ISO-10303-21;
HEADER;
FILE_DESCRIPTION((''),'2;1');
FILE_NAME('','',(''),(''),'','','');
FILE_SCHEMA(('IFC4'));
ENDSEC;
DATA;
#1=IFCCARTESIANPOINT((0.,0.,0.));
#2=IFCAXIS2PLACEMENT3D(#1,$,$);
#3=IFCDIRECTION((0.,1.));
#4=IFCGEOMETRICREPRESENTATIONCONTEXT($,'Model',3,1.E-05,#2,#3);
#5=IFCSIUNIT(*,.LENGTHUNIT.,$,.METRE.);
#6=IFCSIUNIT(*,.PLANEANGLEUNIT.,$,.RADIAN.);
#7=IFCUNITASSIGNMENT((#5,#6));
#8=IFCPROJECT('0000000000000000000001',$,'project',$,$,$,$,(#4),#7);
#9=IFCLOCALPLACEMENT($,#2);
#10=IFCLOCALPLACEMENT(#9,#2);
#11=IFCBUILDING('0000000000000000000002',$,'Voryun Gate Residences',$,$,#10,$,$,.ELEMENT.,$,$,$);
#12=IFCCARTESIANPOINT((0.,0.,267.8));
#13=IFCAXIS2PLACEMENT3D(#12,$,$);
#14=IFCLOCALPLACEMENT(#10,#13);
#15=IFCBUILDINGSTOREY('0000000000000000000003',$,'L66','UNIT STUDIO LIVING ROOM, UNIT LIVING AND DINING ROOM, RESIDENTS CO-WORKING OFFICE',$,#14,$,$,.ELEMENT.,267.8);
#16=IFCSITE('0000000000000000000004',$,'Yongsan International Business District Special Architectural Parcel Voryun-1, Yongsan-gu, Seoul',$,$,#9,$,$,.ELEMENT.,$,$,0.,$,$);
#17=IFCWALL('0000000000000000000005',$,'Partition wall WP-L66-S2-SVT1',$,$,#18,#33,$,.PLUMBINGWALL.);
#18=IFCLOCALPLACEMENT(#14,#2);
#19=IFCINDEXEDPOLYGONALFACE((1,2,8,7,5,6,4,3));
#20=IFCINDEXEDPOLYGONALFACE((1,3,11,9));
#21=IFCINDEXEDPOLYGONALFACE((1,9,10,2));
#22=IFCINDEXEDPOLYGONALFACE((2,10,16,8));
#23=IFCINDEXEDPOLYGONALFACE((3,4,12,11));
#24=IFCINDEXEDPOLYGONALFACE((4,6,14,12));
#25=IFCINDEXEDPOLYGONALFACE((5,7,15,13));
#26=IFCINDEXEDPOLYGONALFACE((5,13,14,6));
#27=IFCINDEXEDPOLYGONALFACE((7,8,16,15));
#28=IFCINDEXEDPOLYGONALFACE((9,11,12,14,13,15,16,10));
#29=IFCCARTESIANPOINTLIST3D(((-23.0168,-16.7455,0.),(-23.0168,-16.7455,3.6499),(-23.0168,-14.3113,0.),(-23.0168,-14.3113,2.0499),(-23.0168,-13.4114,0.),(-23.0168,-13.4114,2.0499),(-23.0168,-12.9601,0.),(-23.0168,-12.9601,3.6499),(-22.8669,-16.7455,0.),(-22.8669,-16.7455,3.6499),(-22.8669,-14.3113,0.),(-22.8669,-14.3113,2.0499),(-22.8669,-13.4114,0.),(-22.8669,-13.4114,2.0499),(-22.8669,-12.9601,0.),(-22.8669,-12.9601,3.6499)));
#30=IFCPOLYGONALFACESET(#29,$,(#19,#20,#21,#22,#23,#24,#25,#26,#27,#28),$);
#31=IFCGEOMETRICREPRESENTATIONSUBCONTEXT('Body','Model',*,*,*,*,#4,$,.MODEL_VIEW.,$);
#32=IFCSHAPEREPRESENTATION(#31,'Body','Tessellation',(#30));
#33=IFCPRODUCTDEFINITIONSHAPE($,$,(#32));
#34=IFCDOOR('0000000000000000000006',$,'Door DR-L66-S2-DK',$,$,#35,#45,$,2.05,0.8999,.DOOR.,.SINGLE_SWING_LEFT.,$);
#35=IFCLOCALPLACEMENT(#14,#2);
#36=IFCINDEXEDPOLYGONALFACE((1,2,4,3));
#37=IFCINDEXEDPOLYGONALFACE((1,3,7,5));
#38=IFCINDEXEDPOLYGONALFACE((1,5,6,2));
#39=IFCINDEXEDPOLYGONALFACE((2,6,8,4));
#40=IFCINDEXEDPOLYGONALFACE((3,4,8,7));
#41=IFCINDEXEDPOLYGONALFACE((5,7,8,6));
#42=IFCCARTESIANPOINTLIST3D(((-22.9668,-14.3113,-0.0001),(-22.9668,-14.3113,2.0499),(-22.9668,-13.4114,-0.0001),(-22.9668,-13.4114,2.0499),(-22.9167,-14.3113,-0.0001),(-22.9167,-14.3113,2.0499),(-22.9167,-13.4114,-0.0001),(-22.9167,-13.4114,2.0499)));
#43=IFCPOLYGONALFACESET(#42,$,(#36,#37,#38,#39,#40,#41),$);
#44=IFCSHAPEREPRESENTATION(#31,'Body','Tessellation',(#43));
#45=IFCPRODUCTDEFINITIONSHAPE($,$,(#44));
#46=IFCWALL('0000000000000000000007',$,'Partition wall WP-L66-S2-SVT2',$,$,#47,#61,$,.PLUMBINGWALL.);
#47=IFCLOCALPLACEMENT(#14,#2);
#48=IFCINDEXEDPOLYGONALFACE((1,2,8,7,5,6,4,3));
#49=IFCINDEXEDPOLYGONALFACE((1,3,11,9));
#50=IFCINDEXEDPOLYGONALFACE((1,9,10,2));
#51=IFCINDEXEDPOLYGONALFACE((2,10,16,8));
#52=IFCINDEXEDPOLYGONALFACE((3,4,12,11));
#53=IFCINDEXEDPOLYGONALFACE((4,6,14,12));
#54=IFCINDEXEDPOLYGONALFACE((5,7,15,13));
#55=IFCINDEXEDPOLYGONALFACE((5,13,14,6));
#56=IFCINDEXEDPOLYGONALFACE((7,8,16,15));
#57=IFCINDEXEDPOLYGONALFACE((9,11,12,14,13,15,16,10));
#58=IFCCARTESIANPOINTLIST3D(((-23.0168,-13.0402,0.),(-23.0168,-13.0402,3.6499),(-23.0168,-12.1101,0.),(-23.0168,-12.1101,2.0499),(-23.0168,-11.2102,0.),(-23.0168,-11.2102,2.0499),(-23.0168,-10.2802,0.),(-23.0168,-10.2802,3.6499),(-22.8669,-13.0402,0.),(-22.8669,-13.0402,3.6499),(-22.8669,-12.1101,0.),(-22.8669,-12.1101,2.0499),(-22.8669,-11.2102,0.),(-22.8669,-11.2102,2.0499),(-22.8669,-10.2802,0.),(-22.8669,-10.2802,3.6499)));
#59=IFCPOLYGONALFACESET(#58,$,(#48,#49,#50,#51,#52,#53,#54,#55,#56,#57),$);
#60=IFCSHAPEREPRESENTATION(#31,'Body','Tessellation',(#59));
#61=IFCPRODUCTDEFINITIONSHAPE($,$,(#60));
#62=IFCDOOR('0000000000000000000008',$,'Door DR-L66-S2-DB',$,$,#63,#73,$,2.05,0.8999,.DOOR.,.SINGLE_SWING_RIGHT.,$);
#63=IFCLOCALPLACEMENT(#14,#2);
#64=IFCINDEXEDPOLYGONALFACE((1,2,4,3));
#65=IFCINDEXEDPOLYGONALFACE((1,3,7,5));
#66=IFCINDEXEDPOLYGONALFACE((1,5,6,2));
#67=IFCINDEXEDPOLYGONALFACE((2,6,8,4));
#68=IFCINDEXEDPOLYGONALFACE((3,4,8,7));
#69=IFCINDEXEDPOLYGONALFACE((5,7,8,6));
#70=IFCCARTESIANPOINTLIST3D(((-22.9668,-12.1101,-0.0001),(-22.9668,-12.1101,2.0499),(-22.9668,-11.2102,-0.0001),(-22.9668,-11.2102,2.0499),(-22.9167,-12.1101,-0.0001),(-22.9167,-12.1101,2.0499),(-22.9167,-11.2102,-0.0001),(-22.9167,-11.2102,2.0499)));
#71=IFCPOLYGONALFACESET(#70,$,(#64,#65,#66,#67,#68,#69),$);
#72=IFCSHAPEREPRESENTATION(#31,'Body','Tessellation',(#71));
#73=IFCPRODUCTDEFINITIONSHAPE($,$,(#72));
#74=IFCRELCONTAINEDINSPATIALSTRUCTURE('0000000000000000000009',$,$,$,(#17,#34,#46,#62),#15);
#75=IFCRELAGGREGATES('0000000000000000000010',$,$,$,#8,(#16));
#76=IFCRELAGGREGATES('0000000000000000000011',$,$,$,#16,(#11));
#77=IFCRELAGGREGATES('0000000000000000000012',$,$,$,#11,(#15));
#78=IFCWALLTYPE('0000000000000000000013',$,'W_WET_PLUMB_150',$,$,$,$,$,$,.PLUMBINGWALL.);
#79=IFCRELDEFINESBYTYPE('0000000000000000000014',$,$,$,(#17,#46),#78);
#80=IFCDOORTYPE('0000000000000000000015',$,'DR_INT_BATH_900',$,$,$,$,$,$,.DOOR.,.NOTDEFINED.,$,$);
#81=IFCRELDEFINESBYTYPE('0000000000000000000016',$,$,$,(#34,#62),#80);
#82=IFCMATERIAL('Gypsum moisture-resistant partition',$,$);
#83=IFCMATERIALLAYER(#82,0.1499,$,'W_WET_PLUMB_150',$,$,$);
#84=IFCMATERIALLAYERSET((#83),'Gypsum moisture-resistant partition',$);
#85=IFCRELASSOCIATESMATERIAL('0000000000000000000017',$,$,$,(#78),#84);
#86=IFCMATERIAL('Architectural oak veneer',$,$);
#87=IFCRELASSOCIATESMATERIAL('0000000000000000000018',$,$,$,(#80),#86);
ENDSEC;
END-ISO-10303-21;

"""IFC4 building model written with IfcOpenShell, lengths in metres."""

from ifc_helpers import new_model, si_unit, direction, frame, frame_2d, origin, place, context, subcontext, project, spatial, rectangle, extrude, material, layer, layer_set, type_object, element, fill, save


model = new_model("IFC4")

# Units and contexts
model_context = context("Model", 3, precision=1e-05, world=origin(), true_north=direction((0.0, 1.0)))
body_context = subcontext(model_context, "Body", "Model", "MODEL_VIEW")
ifc_project = project(units=[si_unit("LENGTHUNIT", "METRE"), si_unit("PLANEANGLEUNIT", "RADIAN")], contexts=[model_context])

# Site, building, storey
site_placement = place(None, origin())
site = spatial("IfcSite", under=ifc_project, at=site_placement, Name="Yongsan International Business District Special Architectural Parcel Voryun-1, Yongsan-gu, Seoul", CompositionType="ELEMENT", RefElevation=0.0)
building_placement = place(site_placement, origin())
building = spatial("IfcBuilding", under=site, at=building_placement, Name="Voryun Gate Residences", CompositionType="ELEMENT")
storey_placement = place(building_placement, frame((0.0, 0.0, 267.8)))
storey = spatial("IfcBuildingStorey", under=building, at=storey_placement, Name="L66", Description="UNIT STUDIO LIVING ROOM, UNIT LIVING AND DINING ROOM, RESIDENTS CO-WORKING OFFICE", CompositionType="ELEMENT", Elevation=267.8)

# Shared definitions
ifc_material_1 = material(Name="Gypsum moisture-resistant partition")
ifc_layer_1 = layer(ifc_material_1, 0.1499, Name="W_WET_PLUMB_150")
ifc_layer_set_1 = layer_set([ifc_layer_1], Name="Gypsum moisture-resistant partition")
wall_type_1 = type_object("IfcWallType", Name="W_WET_PLUMB_150", PredefinedType="PLUMBINGWALL", material=ifc_layer_set_1)
ifc_material_2 = material(Name="Architectural oak veneer")
door_type = type_object("IfcDoorType", Name="DR_INT_BATH_900", OperationType="NOTDEFINED", PredefinedType="DOOR", material=ifc_material_2)

# Walls, openings, doors
wall_1_placement = place(storey_placement, frame((-22.9419, -16.7454, 0.0), z_axis=(0.0, 0.0, 1.0), x_axis=(0.0, 1.0, 0.0)))
wall_1 = element("IfcWall", 1, at=wall_1_placement, inside=storey, type_object=wall_type_1, Name="Partition wall WP-L66-S2-SVT1", PredefinedType="PLUMBINGWALL", context=body_context, shape_type="SweptSolid", body=[
    extrude(rectangle(XDim=3.7854, YDim=0.1499, at=frame_2d((1.8926, 0.0))), origin(), (0.0, 0.0, 1.0), 3.6499),
])
opening_1_placement = place(wall_1_placement, frame((2.4341, 0.0, 0.0)))
opening_1 = element("IfcOpeningElement", 2, at=opening_1_placement, cuts=wall_1, PredefinedType="OPENING", context=body_context, shape_type="SweptSolid", body=[
    extrude(rectangle(XDim=0.8999, YDim=2.05, at=frame_2d((0.45, 1.0249))), frame((0.0, 0.085, 0.0), z_axis=(0.0, -1.0, 0.0), x_axis=(1.0, 0.0, 0.0)), (0.0, 0.0, 1.0), 0.1699),
])
door_1_placement = place(opening_1_placement, origin())
door_1 = element("IfcDoor", 3, at=door_1_placement, inside=storey, type_object=door_type, Name="Door DR-L66-S2-DK", OperationType="SINGLE_SWING_LEFT", OverallHeight=2.05, OverallWidth=0.8999, PredefinedType="DOOR", context=body_context, shape_type="SweptSolid", body=[
    extrude(rectangle(XDim=0.8999, YDim=2.05, at=frame_2d((0.45, 1.0249))), frame((0.0, 0.0249, 0.0), z_axis=(0.0, -1.0, 0.0), x_axis=(1.0, 0.0, 0.0)), (0.0, 0.0, 1.0), 0.05),
])
fill(opening_1, door_1)
wall_2_placement = place(storey_placement, frame((-22.9419, -13.04, 0.0), z_axis=(0.0, 0.0, 1.0), x_axis=(0.0, 1.0, 0.0)))
wall_2 = element("IfcWall", 4, at=wall_2_placement, inside=storey, type_object=wall_type_1, Name="Partition wall WP-L66-S2-SVT2", PredefinedType="PLUMBINGWALL", context=body_context, shape_type="SweptSolid", body=[
    extrude(rectangle(XDim=2.76, YDim=0.1499, at=frame_2d((1.3799, 0.0))), origin(), (0.0, 0.0, 1.0), 3.6499),
])
opening_2_placement = place(wall_2_placement, frame((0.9299, 0.0, 0.0)))
opening_2 = element("IfcOpeningElement", 5, at=opening_2_placement, cuts=wall_2, PredefinedType="OPENING", context=body_context, shape_type="SweptSolid", body=[
    extrude(rectangle(XDim=0.8999, YDim=2.05, at=frame_2d((0.45, 1.0249))), frame((0.0, 0.085, 0.0), z_axis=(0.0, -1.0, 0.0), x_axis=(1.0, 0.0, 0.0)), (0.0, 0.0, 1.0), 0.1699),
])
door_2_placement = place(opening_2_placement, origin())
door_2 = element("IfcDoor", 6, at=door_2_placement, inside=storey, type_object=door_type, Name="Door DR-L66-S2-DB", OperationType="SINGLE_SWING_RIGHT", OverallHeight=2.05, OverallWidth=0.8999, PredefinedType="DOOR", context=body_context, shape_type="SweptSolid", body=[
    extrude(rectangle(XDim=0.8999, YDim=2.05, at=frame_2d((0.45, 1.0249))), frame((0.0, 0.0249, 0.0), z_axis=(0.0, -1.0, 0.0), x_axis=(1.0, 0.0, 0.0)), (0.0, 0.0, 1.0), 0.05),
])
fill(opening_2, door_2)

save(model, "model.ifc")
